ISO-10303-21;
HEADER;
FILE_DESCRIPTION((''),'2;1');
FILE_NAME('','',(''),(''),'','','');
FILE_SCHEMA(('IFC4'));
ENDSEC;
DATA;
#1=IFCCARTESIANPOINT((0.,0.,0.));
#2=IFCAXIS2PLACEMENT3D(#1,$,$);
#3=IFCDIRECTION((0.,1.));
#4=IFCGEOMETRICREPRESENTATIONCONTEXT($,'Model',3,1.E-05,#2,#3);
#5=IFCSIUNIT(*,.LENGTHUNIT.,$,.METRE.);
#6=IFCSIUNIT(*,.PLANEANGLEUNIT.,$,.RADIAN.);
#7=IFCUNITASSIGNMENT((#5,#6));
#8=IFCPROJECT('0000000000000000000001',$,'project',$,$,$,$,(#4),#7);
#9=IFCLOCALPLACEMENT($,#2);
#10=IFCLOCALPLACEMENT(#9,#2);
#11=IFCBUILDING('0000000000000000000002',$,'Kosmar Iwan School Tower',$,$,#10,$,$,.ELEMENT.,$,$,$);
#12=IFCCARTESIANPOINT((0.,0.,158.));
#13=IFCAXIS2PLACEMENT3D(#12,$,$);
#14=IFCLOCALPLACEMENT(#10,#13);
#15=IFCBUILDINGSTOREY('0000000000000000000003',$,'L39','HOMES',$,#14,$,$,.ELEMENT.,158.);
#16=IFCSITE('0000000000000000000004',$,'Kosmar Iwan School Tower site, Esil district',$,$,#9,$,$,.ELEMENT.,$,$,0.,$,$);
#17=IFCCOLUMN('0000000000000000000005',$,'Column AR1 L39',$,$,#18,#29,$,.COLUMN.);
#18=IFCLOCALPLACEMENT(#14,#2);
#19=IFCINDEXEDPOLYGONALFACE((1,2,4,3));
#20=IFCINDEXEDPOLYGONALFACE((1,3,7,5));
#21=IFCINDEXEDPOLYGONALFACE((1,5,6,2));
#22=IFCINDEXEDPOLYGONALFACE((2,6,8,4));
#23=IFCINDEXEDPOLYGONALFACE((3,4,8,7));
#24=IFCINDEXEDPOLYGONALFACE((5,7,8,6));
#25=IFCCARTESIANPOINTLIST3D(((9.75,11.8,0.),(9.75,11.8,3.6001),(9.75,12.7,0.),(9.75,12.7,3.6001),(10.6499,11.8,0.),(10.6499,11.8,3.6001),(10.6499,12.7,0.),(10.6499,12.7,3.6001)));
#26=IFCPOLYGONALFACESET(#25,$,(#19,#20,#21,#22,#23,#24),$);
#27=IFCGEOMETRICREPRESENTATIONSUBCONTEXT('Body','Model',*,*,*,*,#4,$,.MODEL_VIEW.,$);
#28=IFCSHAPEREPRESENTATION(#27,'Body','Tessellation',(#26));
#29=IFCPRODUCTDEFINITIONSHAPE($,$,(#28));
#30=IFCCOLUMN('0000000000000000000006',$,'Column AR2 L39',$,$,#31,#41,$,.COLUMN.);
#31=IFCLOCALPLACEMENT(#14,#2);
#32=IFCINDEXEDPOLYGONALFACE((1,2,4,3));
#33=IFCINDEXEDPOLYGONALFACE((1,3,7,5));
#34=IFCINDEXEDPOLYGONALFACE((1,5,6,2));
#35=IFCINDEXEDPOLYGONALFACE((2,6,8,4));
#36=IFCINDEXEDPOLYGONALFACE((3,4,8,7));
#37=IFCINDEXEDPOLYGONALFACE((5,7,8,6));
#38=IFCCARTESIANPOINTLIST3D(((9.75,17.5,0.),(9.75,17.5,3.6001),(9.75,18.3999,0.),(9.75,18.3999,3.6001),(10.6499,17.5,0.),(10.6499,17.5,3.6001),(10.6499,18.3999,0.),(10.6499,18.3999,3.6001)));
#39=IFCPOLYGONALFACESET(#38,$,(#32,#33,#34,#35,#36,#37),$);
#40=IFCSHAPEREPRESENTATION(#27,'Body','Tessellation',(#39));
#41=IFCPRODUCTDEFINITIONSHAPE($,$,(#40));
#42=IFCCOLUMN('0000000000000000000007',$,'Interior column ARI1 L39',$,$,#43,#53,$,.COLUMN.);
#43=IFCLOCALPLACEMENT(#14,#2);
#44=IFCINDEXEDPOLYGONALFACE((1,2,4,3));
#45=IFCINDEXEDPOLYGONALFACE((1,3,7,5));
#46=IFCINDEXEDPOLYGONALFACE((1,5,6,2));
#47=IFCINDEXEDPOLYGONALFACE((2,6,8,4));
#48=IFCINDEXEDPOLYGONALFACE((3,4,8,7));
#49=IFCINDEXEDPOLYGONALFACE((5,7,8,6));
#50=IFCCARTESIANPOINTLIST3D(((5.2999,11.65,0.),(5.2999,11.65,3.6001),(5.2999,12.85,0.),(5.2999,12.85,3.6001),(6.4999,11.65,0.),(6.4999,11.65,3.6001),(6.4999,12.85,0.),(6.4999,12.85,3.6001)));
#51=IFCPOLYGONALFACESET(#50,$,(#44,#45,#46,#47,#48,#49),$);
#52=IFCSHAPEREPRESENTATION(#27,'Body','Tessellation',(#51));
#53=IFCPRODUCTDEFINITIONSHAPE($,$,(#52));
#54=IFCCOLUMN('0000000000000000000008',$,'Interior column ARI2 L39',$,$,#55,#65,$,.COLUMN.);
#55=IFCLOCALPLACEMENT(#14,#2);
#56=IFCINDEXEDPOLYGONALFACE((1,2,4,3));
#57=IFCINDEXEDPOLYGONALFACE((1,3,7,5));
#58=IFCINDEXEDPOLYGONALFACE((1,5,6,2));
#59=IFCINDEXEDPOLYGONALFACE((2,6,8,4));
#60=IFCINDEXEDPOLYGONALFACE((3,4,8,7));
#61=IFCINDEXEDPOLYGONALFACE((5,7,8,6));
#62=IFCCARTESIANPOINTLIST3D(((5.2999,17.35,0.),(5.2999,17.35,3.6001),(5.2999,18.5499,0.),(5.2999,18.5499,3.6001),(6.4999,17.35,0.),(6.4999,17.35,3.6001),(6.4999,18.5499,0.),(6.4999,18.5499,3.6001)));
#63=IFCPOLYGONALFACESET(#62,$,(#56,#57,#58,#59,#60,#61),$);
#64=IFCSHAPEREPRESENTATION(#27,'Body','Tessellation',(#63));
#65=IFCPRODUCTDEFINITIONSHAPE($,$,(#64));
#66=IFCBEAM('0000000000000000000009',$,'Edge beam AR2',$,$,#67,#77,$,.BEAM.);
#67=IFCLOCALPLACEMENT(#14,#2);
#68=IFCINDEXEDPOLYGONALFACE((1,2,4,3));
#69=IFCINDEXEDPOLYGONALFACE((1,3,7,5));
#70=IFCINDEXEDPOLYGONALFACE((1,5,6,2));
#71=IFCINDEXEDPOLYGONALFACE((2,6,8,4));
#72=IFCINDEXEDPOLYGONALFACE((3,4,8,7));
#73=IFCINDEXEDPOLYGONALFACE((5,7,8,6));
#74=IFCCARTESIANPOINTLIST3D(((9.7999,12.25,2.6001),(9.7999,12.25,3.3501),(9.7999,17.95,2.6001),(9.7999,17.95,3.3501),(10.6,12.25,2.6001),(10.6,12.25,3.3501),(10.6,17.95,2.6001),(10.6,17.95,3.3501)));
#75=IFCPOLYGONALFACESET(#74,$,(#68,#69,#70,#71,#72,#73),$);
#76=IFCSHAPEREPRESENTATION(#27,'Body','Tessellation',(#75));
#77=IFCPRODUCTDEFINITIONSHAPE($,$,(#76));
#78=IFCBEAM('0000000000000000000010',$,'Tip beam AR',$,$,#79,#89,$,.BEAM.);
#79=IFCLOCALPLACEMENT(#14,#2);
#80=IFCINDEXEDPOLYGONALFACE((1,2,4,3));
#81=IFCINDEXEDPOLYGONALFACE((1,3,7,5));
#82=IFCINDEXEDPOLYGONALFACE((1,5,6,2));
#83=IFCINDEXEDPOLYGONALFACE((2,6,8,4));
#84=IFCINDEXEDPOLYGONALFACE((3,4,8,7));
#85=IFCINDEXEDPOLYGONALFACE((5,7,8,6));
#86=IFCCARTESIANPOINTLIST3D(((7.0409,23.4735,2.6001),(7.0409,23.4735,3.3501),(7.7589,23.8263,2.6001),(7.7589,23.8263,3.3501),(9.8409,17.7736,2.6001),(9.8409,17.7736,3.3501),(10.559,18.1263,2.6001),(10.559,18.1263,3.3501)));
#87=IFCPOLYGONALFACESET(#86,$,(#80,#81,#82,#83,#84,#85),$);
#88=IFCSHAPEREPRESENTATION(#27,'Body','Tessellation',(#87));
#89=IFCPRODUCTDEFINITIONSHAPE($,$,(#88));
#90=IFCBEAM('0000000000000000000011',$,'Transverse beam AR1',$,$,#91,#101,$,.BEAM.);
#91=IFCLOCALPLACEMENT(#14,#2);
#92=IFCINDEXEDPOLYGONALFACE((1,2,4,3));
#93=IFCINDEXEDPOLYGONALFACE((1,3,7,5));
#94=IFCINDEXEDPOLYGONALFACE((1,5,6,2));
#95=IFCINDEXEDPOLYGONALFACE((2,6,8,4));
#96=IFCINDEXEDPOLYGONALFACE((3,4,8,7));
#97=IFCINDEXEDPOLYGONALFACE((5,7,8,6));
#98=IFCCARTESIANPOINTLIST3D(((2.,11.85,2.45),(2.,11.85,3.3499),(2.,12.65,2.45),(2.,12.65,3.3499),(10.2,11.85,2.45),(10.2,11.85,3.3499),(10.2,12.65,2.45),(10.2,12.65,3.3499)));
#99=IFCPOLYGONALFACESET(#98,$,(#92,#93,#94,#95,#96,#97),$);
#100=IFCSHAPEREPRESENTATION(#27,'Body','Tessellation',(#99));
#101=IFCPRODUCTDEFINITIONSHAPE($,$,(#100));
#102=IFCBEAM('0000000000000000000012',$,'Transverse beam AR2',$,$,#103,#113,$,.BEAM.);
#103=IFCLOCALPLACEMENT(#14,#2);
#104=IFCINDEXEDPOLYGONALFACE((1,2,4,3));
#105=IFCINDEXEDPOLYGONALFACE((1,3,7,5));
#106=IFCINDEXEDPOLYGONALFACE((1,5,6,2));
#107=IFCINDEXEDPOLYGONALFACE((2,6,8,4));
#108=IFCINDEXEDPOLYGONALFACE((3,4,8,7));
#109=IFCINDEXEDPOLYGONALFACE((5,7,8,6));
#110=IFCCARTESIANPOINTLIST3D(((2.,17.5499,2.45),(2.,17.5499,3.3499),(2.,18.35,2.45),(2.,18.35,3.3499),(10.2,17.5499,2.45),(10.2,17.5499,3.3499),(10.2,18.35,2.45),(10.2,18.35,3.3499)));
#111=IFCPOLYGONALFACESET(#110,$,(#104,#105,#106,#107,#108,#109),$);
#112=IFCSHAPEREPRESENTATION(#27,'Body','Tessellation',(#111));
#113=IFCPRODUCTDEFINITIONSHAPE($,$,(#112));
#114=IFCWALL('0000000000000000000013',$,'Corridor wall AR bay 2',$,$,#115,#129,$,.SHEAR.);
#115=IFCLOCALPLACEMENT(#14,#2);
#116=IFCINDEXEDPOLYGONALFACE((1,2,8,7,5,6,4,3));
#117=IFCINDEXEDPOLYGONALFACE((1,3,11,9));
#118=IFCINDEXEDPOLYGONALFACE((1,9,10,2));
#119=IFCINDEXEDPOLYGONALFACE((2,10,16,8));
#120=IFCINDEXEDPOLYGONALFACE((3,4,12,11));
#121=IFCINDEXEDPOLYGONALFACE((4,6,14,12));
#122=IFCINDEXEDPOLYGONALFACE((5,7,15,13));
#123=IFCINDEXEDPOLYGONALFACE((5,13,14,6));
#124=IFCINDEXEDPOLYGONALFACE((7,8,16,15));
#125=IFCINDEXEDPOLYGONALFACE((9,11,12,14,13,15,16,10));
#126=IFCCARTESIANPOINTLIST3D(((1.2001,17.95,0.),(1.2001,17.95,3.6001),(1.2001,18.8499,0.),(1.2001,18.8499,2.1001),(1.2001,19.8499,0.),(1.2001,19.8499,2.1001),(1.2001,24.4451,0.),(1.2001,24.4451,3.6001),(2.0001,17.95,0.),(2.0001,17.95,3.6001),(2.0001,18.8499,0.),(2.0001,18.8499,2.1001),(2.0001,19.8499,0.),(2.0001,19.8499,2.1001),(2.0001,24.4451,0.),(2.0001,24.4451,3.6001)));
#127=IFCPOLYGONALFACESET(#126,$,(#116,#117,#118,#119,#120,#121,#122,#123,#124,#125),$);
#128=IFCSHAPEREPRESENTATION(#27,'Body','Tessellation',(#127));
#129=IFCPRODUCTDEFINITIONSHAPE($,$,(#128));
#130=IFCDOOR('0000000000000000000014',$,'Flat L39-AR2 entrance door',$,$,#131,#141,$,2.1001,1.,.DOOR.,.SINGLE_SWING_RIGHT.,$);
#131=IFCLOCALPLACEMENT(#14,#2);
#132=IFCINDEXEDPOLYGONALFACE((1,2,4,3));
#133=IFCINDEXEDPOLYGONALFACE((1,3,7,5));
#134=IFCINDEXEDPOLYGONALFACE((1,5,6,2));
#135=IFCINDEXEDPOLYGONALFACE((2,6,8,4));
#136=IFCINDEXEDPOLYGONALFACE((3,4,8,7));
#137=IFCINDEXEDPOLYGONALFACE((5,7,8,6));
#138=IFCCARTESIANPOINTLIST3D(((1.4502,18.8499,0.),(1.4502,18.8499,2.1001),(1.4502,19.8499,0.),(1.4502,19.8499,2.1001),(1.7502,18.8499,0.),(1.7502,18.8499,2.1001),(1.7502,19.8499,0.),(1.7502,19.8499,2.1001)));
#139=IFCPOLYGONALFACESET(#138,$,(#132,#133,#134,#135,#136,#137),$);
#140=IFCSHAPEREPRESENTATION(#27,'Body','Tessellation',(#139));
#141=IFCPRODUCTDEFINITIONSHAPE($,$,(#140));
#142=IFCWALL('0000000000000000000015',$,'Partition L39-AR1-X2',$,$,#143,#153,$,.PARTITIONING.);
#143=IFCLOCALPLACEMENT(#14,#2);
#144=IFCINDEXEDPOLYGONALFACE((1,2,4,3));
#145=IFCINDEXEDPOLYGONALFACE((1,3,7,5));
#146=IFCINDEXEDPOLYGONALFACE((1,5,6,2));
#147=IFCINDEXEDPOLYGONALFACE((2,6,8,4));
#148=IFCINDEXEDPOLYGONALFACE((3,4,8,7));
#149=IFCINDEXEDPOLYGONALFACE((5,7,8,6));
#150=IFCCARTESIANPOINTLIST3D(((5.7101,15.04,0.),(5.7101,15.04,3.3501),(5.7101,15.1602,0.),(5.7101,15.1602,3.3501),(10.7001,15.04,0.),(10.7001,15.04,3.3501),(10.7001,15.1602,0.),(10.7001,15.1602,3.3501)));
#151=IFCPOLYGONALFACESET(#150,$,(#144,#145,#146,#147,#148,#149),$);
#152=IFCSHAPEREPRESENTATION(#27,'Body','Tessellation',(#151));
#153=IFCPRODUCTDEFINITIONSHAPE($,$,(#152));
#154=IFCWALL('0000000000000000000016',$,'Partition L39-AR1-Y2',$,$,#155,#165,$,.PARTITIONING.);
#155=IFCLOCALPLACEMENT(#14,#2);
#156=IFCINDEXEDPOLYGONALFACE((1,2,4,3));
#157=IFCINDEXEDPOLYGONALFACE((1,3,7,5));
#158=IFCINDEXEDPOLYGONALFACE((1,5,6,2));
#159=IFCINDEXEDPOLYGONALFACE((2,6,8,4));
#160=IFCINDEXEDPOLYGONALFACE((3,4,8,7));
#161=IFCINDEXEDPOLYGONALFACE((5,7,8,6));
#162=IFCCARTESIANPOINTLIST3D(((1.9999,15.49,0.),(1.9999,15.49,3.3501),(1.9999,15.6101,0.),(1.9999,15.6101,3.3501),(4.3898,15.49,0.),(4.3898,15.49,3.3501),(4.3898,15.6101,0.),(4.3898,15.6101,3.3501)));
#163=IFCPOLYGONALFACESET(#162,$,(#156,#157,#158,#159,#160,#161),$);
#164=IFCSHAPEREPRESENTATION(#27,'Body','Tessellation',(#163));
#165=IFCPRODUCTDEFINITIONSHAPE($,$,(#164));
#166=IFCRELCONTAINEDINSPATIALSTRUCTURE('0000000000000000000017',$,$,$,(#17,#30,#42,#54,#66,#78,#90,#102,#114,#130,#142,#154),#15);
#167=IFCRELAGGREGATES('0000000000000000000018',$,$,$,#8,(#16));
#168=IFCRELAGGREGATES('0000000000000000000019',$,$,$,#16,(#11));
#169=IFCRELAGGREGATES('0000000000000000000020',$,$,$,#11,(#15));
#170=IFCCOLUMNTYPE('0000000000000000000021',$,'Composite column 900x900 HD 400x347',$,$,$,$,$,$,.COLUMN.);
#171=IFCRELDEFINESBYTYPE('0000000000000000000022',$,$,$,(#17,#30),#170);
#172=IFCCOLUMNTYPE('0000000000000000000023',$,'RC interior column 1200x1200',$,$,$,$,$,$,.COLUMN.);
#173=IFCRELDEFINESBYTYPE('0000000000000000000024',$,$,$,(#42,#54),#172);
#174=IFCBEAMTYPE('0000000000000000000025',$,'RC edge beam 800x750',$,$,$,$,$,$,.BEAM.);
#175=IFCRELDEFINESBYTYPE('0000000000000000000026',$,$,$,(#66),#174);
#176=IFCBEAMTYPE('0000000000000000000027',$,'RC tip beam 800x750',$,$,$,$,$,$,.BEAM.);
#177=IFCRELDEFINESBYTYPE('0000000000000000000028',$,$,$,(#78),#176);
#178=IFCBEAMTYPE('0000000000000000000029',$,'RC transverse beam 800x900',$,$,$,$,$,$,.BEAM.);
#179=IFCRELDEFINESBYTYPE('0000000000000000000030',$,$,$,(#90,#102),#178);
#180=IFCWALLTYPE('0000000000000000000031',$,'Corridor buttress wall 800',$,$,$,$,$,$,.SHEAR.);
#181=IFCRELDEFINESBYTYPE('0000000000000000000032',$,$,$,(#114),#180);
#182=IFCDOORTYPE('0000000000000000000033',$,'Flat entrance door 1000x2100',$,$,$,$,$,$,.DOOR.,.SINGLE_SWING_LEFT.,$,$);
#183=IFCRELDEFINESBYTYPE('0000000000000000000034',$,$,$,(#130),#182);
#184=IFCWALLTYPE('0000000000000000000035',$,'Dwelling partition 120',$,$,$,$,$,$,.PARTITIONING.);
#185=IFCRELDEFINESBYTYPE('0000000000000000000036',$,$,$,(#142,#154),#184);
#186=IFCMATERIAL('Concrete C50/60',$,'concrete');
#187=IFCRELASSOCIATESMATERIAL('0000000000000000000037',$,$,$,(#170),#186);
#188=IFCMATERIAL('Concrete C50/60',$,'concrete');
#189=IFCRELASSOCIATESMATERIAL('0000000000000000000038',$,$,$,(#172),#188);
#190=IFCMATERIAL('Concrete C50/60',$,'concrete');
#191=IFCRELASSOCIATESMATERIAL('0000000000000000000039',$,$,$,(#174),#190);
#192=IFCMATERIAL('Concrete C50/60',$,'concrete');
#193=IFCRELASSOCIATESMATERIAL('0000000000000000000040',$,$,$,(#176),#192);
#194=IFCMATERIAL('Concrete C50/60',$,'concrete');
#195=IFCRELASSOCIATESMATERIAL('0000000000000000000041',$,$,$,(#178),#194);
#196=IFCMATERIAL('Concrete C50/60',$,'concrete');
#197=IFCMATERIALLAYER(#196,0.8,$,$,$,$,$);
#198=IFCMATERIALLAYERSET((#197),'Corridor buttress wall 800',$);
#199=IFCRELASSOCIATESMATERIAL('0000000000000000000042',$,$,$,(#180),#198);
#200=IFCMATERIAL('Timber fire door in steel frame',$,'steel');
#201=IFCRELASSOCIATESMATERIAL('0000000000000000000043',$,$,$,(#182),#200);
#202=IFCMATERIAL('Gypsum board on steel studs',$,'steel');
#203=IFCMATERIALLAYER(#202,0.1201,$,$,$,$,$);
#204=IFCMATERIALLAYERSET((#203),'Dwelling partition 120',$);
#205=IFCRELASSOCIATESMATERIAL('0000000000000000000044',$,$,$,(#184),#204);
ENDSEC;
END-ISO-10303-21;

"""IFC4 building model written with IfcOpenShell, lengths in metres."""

from ifc_helpers import new_model, si_unit, direction, frame, frame_2d, origin, origin_2d, place, context, subcontext, project, spatial, rectangle, extrude, material, layer, layer_set, material_profile, profile_set, type_object, element, fill, save


model = new_model("IFC4")

# Units and contexts
model_context = context("Model", 3, precision=1e-05, world=origin(), true_north=direction((0.0, 1.0)))
body_context = subcontext(model_context, "Body", "Model", "MODEL_VIEW")
ifc_project = project(units=[si_unit("LENGTHUNIT", "METRE"), si_unit("PLANEANGLEUNIT", "RADIAN")], contexts=[model_context])

# Site, building, storey
site_placement = place(None, origin())
site = spatial("IfcSite", under=ifc_project, at=site_placement, Name="Kosmar Iwan School Tower site, Esil district", CompositionType="ELEMENT", RefElevation=0.0)
building_placement = place(site_placement, origin())
building = spatial("IfcBuilding", under=site, at=building_placement, Name="Kosmar Iwan School Tower", CompositionType="ELEMENT")
storey_placement = place(building_placement, frame((0.0, 0.0, 158.0)))
storey = spatial("IfcBuildingStorey", under=building, at=storey_placement, Name="L39", Description="HOMES", CompositionType="ELEMENT", Elevation=158.0)

# Columns
ifc_material_1 = material(Name="Concrete C50/60", Category="concrete")
ifc_material_profile_1 = material_profile(ifc_material_1, rectangle(XDim=0.8999, YDim=0.8999, at=origin_2d()), Name="RC 900x900 + HD 400x347")
ifc_profile_set_1 = profile_set([ifc_material_profile_1], Name="Concrete C50/60")
column_type_1 = type_object("IfcColumnType", Name="Composite column 900x900 HD 400x347", PredefinedType="COLUMN", material=ifc_profile_set_1)
for number, where, z_axis, x_axis, name in (
    (1, (10.2, 12.25, 0.0), (0.0, 0.0, 1.0), (0.0, 1.0, 0.0), "Column AR1 L39"),
    (2, (10.2, 17.95, 0.0), (0.0, 0.0, 1.0), (0.0, 1.0, 0.0), "Column AR2 L39"),
):
    element("IfcColumn", number, at=place(storey_placement, frame(where, z_axis=z_axis, x_axis=x_axis)), inside=storey, type_object=column_type_1, Name=name, PredefinedType="COLUMN", context=body_context, shape_type="SweptSolid", body=[
        extrude(rectangle(XDim=0.8999, YDim=0.8999, at=origin_2d()), origin(), (0.0, 0.0, 1.0), 3.6001),
    ])
ifc_material_2 = material(Name="Concrete C50/60", Category="concrete")
ifc_material_profile_2 = material_profile(ifc_material_2, rectangle(XDim=1.2, YDim=1.2, at=origin_2d()), Name="RC 1200x1200")
ifc_profile_set_2 = profile_set([ifc_material_profile_2], Name="Concrete C50/60")
column_type_2 = type_object("IfcColumnType", Name="RC interior column 1200x1200", PredefinedType="COLUMN", material=ifc_profile_set_2)
for number, where, z_axis, x_axis, name in (
    (3, (5.8999, 12.25, 0.0), (0.0, 0.0, 1.0), (0.0, 1.0, 0.0), "Interior column ARI1 L39"),
    (4, (5.8999, 17.95, 0.0), (0.0, 0.0, 1.0), (0.0, 1.0, 0.0), "Interior column ARI2 L39"),
):
    element("IfcColumn", number, at=place(storey_placement, frame(where, z_axis=z_axis, x_axis=x_axis)), inside=storey, type_object=column_type_2, Name=name, PredefinedType="COLUMN", context=body_context, shape_type="SweptSolid", body=[
        extrude(rectangle(XDim=1.2, YDim=1.2, at=origin_2d()), origin(), (0.0, 0.0, 1.0), 3.6001),
    ])

# Beams
ifc_material_3 = material(Name="Concrete C50/60", Category="concrete")
ifc_material_profile_3 = material_profile(ifc_material_3, rectangle(XDim=0.8, YDim=0.75, at=origin_2d()), Name="RC 800x750")
ifc_profile_set_3 = profile_set([ifc_material_profile_3], Name="Concrete C50/60")
beam_type_1 = type_object("IfcBeamType", Name="RC edge beam 800x750", PredefinedType="BEAM", material=ifc_profile_set_3)
beam_1_placement = place(storey_placement, frame((10.2, 12.25, 2.9751), z_axis=(0.0, 1.0, 0.0), x_axis=(-1.0, 0.0, 0.0)))
element("IfcBeam", 5, at=beam_1_placement, inside=storey, type_object=beam_type_1, Name="Edge beam AR2", PredefinedType="BEAM", context=body_context, shape_type="SweptSolid", body=[
    extrude(rectangle(XDim=0.8, YDim=0.75, at=origin_2d()), origin(), (0.0, 0.0, 1.0), 5.7),
])
ifc_material_4 = material(Name="Concrete C50/60", Category="concrete")
ifc_material_profile_4 = material_profile(ifc_material_4, rectangle(XDim=0.8, YDim=0.75, at=origin_2d()), Name="RC 800x750")
ifc_profile_set_4 = profile_set([ifc_material_profile_4], Name="Concrete C50/60")
beam_type_2 = type_object("IfcBeamType", Name="RC tip beam 800x750", PredefinedType="BEAM", material=ifc_profile_set_4)
beam_2_placement = place(storey_placement, frame((10.2, 17.95, 2.9751), z_axis=(-0.440913, 0.89755, 0.0), x_axis=(-0.89755, -0.440913, 0.0)))
element("IfcBeam", 6, at=beam_2_placement, inside=storey, type_object=beam_type_2, Name="Tip beam AR", PredefinedType="BEAM", context=body_context, shape_type="SweptSolid", body=[
    extrude(rectangle(XDim=0.8, YDim=0.75, at=origin_2d()), origin(), (0.0, 0.0, 1.0), 6.3506),
])
ifc_material_5 = material(Name="Concrete C50/60", Category="concrete")
ifc_material_profile_5 = material_profile(ifc_material_5, rectangle(XDim=0.8, YDim=0.8999, at=origin_2d()), Name="RC 800x900")
ifc_profile_set_5 = profile_set([ifc_material_profile_5], Name="Concrete C50/60")
beam_type_3 = type_object("IfcBeamType", Name="RC transverse beam 800x900", PredefinedType="BEAM", material=ifc_profile_set_5)
for number, where, z_axis, x_axis, name in (
    (7, (10.2, 12.25, 2.8999), (-1.0, 0.0, 0.0), (0.0, -1.0, 0.0), "Transverse beam AR1"),
    (8, (10.2, 17.95, 2.8999), (-1.0, 0.0, 0.0), (0.0, -1.0, 0.0), "Transverse beam AR2"),
):
    element("IfcBeam", number, at=place(storey_placement, frame(where, z_axis=z_axis, x_axis=x_axis)), inside=storey, type_object=beam_type_3, Name=name, PredefinedType="BEAM", context=body_context, shape_type="SweptSolid", body=[
        extrude(rectangle(XDim=0.8, YDim=0.8999, at=origin_2d()), origin(), (0.0, 0.0, 1.0), 8.2),
    ])

# Wall, opening, door
ifc_material_6 = material(Name="Concrete C50/60", Category="concrete")
ifc_layer_1 = layer(ifc_material_6, 0.8)
ifc_layer_set_1 = layer_set([ifc_layer_1], Name="Corridor buttress wall 800")
wall_type_1 = type_object("IfcWallType", Name="Corridor buttress wall 800", PredefinedType="SHEAR", material=ifc_layer_set_1)
wall_1_placement = place(storey_placement, frame((1.6001, 17.95, 0.0), z_axis=(0.0, 0.0, 1.0), x_axis=(0.0, 1.0, 0.0)))
wall_1 = element("IfcWall", 9, at=wall_1_placement, inside=storey, type_object=wall_type_1, Name="Corridor wall AR bay 2", PredefinedType="SHEAR", context=body_context, shape_type="SweptSolid", body=[
    extrude(rectangle(XDim=6.4951, YDim=0.8, at=frame_2d((3.2476, 0.0))), origin(), (0.0, 0.0, 1.0), 3.6001),
])
opening_1_placement = place(wall_1_placement, frame((0.8999, 0.0, 0.0)))
opening_1 = element("IfcOpeningElement", 10, at=opening_1_placement, cuts=wall_1, PredefinedType="OPENING", context=body_context, shape_type="SweptSolid", body=[
    extrude(rectangle(XDim=1.0, YDim=2.1001, at=frame_2d((0.5, 1.05))), frame((0.0, 0.4121, 0.0), z_axis=(0.0, -1.0, 0.0), x_axis=(1.0, 0.0, 0.0)), (0.0, 0.0, 1.0), 0.824),
])
ifc_material_7 = material(Name="Timber fire door in steel frame", Category="steel")
door_type_1 = type_object("IfcDoorType", Name="Flat entrance door 1000x2100", OperationType="SINGLE_SWING_LEFT", PredefinedType="DOOR", material=ifc_material_7)
door_1_placement = place(opening_1_placement, origin())
door_1 = element("IfcDoor", 11, at=door_1_placement, inside=storey, type_object=door_type_1, Name="Flat L39-AR2 entrance door", OperationType="SINGLE_SWING_RIGHT", OverallHeight=2.1001, OverallWidth=1.0, PredefinedType="DOOR", context=body_context, shape_type="SweptSolid", body=[
    extrude(rectangle(XDim=1.0, YDim=2.1001, at=frame_2d((0.5, 1.05))), frame((0.0, 0.1499, 0.0), z_axis=(0.0, -1.0, 0.0), x_axis=(1.0, 0.0, 0.0)), (0.0, 0.0, 1.0), 0.3),
])
fill(opening_1, door_1)

# Walls
ifc_material_8 = material(Name="Gypsum board on steel studs", Category="steel")
ifc_layer_2 = layer(ifc_material_8, 0.1201)
ifc_layer_set_2 = layer_set([ifc_layer_2], Name="Dwelling partition 120")
wall_type_2 = type_object("IfcWallType", Name="Dwelling partition 120", PredefinedType="PARTITIONING", material=ifc_layer_set_2)
wall_2_placement = place(storey_placement, frame((5.71, 15.1001, 0.0), z_axis=(0.0, 0.0, 1.0), x_axis=(1.0, 0.0, 0.0)))
element("IfcWall", 12, at=wall_2_placement, inside=storey, type_object=wall_type_2, Name="Partition L39-AR1-X2", PredefinedType="PARTITIONING", context=body_context, shape_type="SweptSolid", body=[
    extrude(rectangle(XDim=4.99, YDim=0.1201, at=frame_2d((2.4951, 0.0))), origin(), (0.0, 0.0, 1.0), 3.3501),
])
wall_3_placement = place(storey_placement, frame((2.0, 15.55, 0.0), z_axis=(0.0, 0.0, 1.0), x_axis=(1.0, 0.0, 0.0)))
element("IfcWall", 13, at=wall_3_placement, inside=storey, type_object=wall_type_2, Name="Partition L39-AR1-Y2", PredefinedType="PARTITIONING", context=body_context, shape_type="SweptSolid", body=[
    extrude(rectangle(XDim=2.3899, YDim=0.1201, at=frame_2d((1.1948, 0.0))), origin(), (0.0, 0.0, 1.0), 3.3501),
])

save(model, "model.ifc")
